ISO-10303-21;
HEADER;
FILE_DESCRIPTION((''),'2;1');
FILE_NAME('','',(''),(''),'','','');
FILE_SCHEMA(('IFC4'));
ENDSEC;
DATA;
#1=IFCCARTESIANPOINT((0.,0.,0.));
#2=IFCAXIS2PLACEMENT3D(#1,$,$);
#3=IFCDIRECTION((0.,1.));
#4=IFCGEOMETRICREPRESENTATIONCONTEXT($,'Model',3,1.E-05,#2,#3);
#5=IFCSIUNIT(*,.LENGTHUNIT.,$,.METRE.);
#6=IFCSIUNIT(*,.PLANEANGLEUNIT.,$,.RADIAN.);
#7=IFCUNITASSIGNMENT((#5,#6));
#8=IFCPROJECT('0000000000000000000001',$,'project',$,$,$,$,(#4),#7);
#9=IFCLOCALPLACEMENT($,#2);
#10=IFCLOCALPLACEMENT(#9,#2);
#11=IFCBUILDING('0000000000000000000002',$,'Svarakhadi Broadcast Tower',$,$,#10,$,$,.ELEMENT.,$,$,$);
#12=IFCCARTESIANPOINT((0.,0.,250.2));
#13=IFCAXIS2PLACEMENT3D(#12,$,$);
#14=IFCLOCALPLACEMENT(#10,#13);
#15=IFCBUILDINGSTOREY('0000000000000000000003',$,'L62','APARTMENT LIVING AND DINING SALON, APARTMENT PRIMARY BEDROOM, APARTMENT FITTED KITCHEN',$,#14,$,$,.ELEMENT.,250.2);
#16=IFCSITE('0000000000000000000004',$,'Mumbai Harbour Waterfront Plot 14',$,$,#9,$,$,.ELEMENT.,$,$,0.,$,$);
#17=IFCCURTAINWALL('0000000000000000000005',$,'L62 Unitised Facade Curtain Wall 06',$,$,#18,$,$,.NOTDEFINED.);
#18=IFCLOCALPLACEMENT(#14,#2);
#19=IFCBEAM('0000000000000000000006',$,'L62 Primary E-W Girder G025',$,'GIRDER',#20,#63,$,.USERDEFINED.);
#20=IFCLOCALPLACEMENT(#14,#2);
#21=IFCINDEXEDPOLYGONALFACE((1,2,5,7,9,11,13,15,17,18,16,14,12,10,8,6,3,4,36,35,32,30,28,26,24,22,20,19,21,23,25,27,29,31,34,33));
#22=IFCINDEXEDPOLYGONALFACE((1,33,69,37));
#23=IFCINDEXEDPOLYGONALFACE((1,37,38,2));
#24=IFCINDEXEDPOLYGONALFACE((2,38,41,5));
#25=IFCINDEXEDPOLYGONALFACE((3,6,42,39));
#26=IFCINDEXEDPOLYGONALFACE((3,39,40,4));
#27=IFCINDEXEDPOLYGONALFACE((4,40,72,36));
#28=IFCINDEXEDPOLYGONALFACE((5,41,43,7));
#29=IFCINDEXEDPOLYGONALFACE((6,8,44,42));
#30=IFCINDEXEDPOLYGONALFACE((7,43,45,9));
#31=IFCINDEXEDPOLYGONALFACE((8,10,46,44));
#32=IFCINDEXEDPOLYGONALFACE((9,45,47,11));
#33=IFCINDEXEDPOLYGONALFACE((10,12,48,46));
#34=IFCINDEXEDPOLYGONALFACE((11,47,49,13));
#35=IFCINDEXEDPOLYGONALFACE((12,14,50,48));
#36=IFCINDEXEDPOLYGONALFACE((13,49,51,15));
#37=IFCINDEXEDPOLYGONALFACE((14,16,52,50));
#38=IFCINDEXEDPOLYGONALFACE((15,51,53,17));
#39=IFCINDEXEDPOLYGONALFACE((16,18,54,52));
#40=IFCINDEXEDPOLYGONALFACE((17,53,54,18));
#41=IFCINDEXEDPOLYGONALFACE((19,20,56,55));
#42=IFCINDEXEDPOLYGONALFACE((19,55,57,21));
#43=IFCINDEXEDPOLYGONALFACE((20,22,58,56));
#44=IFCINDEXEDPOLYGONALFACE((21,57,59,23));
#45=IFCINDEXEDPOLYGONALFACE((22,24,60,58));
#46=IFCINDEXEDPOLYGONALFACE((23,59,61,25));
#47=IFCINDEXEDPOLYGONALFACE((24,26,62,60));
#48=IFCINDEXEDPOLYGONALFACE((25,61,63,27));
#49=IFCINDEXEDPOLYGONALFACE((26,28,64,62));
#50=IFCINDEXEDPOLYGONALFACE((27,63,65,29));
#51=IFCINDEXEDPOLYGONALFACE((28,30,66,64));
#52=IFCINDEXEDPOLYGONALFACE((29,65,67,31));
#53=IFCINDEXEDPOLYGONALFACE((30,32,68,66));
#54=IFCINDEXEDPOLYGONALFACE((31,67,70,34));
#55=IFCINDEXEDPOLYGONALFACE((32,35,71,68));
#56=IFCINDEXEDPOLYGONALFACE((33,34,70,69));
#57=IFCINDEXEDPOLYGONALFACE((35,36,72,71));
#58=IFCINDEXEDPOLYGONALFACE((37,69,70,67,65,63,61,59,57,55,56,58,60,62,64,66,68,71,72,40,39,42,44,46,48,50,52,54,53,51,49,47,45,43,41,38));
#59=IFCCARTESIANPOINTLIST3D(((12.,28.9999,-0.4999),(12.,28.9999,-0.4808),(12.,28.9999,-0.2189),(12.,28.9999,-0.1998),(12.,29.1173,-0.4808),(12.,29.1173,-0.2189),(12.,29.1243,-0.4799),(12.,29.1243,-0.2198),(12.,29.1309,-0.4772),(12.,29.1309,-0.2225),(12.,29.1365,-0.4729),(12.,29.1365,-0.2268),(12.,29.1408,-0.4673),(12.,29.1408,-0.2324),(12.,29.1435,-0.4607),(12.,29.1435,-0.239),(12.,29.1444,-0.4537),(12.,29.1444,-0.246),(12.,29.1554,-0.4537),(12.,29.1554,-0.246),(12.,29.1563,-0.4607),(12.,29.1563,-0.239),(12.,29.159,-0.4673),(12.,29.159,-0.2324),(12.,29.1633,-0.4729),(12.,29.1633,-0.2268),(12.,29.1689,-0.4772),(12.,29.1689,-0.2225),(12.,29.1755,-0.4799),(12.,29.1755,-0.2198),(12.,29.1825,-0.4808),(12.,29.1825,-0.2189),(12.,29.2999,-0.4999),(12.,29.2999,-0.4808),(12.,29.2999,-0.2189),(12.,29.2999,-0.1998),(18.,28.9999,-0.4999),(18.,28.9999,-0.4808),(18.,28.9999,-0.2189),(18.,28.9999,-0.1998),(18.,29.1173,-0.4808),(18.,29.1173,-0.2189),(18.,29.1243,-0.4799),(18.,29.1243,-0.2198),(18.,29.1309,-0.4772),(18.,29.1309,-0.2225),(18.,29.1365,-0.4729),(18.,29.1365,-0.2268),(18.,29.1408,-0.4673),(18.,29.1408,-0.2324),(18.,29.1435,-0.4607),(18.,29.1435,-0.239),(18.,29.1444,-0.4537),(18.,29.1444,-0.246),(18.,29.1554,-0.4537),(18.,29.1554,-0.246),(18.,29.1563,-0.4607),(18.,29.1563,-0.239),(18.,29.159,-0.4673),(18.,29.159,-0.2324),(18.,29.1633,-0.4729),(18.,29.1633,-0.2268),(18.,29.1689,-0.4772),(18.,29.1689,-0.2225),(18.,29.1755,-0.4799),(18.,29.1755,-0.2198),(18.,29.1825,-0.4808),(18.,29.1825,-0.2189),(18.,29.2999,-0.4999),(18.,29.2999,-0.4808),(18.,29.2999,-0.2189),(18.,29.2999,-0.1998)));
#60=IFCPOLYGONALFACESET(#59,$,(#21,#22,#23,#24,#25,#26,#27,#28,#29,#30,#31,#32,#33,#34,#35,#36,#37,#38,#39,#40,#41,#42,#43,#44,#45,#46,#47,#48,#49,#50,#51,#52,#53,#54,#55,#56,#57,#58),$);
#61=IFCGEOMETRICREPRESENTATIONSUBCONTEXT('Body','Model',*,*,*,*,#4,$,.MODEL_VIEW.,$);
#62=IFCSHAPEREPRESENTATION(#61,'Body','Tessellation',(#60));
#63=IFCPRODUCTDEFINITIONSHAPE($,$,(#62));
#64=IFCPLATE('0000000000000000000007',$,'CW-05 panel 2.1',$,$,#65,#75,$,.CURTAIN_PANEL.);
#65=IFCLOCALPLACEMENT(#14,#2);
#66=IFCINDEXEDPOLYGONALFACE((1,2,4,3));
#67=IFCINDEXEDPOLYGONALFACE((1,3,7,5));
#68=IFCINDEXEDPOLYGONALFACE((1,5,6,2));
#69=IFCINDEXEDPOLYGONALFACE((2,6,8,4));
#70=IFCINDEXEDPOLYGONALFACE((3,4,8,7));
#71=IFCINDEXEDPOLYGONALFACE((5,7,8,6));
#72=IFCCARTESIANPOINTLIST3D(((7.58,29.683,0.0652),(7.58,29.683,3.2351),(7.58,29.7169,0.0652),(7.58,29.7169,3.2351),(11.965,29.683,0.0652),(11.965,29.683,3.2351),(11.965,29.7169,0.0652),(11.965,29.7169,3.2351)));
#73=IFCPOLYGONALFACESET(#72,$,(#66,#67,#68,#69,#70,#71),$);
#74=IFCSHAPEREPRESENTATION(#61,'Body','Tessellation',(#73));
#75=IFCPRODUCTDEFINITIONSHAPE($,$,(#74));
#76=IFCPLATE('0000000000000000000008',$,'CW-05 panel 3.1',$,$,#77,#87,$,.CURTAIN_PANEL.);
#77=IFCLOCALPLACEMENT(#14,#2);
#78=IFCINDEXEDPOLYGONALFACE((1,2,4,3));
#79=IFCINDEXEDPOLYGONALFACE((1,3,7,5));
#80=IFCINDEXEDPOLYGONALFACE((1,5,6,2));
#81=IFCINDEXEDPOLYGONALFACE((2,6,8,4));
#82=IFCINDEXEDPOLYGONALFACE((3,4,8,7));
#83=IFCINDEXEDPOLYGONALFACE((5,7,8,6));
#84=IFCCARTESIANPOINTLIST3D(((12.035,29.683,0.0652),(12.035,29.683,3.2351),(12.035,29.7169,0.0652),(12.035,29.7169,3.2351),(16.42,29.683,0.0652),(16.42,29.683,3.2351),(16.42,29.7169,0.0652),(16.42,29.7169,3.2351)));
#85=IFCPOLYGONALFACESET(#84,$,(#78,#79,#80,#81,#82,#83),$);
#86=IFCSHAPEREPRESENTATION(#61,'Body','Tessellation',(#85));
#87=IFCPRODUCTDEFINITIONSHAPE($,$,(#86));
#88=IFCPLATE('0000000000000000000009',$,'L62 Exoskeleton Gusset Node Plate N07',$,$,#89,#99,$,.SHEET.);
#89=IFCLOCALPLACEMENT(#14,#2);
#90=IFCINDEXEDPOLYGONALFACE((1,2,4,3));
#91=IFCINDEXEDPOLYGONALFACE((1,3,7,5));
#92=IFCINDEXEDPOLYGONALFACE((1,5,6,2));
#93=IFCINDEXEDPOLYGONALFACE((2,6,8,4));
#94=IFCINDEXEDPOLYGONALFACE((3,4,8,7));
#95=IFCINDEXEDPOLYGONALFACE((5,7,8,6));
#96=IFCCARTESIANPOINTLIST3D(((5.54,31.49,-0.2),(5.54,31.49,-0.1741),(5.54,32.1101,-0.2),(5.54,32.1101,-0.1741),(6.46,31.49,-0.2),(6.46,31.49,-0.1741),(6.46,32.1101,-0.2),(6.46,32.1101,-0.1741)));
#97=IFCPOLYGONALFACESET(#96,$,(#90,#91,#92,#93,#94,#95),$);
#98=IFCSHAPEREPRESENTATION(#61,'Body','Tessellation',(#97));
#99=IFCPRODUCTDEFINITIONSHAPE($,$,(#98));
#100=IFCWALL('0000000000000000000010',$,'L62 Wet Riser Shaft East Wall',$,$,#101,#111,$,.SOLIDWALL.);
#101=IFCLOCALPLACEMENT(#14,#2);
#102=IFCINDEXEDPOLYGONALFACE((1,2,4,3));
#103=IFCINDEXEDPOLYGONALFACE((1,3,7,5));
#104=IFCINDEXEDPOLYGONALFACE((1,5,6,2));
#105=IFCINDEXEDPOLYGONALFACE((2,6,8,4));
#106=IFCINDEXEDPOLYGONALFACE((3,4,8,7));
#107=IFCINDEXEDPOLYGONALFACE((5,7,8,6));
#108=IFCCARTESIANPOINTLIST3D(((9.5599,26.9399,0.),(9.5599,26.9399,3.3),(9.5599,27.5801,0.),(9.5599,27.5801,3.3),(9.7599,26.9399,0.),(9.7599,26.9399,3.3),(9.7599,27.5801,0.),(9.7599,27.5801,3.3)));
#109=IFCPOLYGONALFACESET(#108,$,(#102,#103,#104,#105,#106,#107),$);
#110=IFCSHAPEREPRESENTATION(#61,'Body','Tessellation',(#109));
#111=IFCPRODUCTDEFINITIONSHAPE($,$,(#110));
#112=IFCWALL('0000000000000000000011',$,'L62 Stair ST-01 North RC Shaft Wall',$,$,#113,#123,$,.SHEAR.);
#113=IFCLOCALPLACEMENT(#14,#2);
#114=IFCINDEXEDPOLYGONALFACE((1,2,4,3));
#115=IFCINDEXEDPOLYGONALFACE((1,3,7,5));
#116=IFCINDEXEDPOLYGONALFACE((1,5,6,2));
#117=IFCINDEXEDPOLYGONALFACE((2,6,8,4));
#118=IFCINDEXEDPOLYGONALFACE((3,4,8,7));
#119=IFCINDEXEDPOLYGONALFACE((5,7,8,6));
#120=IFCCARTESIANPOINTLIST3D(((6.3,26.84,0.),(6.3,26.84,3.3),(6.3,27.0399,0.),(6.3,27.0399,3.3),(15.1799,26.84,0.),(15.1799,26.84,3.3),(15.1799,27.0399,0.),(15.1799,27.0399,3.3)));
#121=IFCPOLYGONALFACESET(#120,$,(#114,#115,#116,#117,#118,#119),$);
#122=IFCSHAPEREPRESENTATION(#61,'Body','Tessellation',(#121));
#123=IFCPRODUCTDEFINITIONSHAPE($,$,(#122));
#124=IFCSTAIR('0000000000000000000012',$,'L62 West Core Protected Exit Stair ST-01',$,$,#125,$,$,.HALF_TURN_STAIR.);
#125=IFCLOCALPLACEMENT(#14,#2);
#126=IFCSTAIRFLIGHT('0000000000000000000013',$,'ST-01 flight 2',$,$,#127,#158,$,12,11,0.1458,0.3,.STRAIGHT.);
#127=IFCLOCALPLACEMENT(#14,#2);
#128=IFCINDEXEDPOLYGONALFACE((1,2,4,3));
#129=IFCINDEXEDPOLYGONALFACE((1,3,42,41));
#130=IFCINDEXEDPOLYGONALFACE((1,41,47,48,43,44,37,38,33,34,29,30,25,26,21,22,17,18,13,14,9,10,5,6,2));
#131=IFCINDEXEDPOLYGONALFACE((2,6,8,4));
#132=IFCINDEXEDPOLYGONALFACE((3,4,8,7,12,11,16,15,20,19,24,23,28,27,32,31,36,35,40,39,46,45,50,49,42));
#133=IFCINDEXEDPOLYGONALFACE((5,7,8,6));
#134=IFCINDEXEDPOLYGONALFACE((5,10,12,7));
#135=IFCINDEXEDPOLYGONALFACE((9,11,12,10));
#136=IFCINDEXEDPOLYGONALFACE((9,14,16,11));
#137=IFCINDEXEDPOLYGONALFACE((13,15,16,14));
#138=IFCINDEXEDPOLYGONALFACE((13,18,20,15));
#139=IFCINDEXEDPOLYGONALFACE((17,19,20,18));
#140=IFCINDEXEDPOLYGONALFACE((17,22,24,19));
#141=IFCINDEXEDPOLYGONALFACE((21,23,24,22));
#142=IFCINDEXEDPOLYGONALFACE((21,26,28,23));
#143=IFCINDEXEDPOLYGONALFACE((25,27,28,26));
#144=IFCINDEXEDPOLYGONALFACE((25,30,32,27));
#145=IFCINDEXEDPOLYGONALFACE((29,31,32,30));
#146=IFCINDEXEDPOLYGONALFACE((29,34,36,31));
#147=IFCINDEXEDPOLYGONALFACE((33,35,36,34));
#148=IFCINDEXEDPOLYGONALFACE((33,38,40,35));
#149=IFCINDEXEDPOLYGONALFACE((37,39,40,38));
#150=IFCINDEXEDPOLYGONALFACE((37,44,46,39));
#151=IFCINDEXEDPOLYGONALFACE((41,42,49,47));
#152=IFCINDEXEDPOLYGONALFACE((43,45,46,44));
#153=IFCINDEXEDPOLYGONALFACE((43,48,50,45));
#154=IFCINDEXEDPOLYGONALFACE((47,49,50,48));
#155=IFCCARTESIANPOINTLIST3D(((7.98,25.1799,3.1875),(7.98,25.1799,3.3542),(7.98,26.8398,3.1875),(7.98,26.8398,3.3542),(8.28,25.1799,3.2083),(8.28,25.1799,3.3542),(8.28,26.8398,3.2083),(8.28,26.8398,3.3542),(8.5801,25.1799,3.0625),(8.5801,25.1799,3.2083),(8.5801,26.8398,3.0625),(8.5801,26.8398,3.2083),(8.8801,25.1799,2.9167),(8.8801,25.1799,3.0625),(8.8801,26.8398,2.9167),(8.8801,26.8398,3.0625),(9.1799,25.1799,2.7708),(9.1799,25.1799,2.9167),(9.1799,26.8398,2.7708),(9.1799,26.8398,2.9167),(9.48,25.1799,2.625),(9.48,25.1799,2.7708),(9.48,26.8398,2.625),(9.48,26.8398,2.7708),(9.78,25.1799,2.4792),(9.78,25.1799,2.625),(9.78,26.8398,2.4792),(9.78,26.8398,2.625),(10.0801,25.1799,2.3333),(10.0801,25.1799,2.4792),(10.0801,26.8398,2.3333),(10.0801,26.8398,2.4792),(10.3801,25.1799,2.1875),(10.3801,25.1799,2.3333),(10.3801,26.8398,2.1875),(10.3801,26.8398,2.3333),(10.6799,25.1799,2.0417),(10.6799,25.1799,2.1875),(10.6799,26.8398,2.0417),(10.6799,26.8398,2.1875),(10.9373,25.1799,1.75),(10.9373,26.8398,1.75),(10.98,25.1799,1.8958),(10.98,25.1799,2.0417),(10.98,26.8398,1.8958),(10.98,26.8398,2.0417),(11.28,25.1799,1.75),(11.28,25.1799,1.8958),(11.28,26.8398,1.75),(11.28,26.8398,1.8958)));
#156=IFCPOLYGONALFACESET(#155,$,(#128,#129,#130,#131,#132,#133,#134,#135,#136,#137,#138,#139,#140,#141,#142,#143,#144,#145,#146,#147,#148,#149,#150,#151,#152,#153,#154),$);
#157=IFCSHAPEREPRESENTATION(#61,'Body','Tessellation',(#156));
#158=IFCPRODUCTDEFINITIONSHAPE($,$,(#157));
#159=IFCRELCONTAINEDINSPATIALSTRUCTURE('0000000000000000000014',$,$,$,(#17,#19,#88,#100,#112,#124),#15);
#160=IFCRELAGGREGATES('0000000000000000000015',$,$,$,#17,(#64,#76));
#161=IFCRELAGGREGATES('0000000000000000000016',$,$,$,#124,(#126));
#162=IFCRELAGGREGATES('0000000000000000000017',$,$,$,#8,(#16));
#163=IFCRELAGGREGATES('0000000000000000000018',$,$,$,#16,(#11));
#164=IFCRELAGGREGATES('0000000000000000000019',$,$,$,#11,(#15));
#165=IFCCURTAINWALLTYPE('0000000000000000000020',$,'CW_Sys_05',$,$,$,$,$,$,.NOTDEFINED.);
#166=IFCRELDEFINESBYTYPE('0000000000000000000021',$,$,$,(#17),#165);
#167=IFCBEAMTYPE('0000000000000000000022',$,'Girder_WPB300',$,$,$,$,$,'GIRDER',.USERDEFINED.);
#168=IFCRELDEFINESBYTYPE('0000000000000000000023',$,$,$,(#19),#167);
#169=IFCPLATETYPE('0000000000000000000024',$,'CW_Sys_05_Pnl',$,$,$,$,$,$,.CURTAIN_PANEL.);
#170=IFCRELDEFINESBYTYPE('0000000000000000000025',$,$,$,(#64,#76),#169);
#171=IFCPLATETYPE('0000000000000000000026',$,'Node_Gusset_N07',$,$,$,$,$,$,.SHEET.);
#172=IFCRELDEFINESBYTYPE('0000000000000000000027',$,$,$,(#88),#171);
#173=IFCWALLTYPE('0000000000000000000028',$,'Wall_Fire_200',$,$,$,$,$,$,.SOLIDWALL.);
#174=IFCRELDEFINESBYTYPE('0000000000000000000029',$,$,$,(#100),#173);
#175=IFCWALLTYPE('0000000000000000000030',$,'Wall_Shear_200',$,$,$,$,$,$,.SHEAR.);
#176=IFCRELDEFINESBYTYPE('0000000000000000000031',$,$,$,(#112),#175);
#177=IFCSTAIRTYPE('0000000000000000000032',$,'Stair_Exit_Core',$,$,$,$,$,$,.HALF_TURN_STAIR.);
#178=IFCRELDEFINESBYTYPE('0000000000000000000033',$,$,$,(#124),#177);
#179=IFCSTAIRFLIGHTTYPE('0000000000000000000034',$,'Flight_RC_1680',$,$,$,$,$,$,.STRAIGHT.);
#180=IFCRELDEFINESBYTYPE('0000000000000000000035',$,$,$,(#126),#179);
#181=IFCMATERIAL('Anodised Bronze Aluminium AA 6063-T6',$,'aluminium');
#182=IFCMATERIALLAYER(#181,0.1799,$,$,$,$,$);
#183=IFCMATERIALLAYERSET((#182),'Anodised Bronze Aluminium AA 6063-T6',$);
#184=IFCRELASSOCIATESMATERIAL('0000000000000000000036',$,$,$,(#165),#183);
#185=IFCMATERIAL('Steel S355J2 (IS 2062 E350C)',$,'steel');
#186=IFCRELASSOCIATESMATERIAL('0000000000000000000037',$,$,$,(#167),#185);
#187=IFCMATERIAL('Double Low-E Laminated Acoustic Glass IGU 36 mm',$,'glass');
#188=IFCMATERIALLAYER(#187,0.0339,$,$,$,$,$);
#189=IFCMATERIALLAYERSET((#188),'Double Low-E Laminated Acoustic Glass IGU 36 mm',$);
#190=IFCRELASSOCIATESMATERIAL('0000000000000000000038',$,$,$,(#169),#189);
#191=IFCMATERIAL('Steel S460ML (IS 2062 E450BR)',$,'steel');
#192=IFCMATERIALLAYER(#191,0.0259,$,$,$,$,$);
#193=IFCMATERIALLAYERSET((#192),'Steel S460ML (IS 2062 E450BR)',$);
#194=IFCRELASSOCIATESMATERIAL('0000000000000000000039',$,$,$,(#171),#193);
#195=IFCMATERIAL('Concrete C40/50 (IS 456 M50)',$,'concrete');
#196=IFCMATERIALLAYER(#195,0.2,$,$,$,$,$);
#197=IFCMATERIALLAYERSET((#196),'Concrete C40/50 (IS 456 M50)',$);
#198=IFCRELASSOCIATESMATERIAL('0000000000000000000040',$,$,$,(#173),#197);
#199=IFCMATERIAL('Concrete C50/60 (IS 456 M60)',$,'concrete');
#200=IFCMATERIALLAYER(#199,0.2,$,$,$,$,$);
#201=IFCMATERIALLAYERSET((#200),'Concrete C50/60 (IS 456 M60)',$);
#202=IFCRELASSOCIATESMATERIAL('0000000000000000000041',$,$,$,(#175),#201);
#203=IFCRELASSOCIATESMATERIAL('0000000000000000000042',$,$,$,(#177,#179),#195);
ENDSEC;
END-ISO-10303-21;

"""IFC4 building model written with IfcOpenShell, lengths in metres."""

from ifc_helpers import new_model, si_unit, direction, frame, frame_2d, origin, origin_2d, place, context, subcontext, project, spatial, polyline, rectangle, i_section, outline, extrude, material, layer, layer_set, material_profile, profile_set, type_object, element, aggregate, save


model = new_model("IFC4")

# Units and contexts
model_context = context("Model", 3, precision=1e-05, world=origin(), true_north=direction((0.0, 1.0)))
body_context = subcontext(model_context, "Body", "Model", "MODEL_VIEW")
ifc_project = project(units=[si_unit("LENGTHUNIT", "METRE"), si_unit("PLANEANGLEUNIT", "RADIAN")], contexts=[model_context])

# Site, building, storey
site_placement = place(None, origin())
site = spatial("IfcSite", under=ifc_project, at=site_placement, Name="Mumbai Harbour Waterfront Plot 14", CompositionType="ELEMENT", RefElevation=0.0)
building_placement = place(site_placement, origin())
building = spatial("IfcBuilding", under=site, at=building_placement, Name="Svarakhadi Broadcast Tower", CompositionType="ELEMENT")
storey_placement = place(building_placement, frame((0.0, 0.0, 250.2)))
storey = spatial("IfcBuildingStorey", under=building, at=storey_placement, Name="L62", Description="APARTMENT LIVING AND DINING SALON, APARTMENT PRIMARY BEDROOM, APARTMENT FITTED KITCHEN", CompositionType="ELEMENT", Elevation=250.2)

# Shared definitions
ifc_material_1 = material(Name="Concrete C50/60 (IS 456 M60)", Category="concrete")
ifc_material_2 = material(Name="Steel S460ML (IS 2062 E450BR)", Category="steel")

# Curtain wall
ifc_material_3 = material(Name="Anodised Bronze Aluminium AA 6063-T6", Category="aluminium")
ifc_layer_1 = layer(ifc_material_3, 0.1799)
ifc_layer_set_1 = layer_set([ifc_layer_1], Name="Anodised Bronze Aluminium AA 6063-T6")
curtain_wall_type = type_object("IfcCurtainWallType", Name="CW_Sys_05", PredefinedType="NOTDEFINED", material=ifc_layer_set_1)
curtain_wall_placement = place(storey_placement, origin())
curtain_wall = element("IfcCurtainWall", 1, at=curtain_wall_placement, inside=storey, type_object=curtain_wall_type, Name="L62 Unitised Facade Curtain Wall 06", PredefinedType="NOTDEFINED")

# Beam
ifc_material_4 = material(Name="Steel S355J2 (IS 2062 E350C)", Category="steel")
ifc_material_profile_1 = material_profile(ifc_material_4, i_section(OverallWidth=0.3, OverallDepth=0.3, WebThickness=0.011, FlangeThickness=0.019, FilletRadius=0.0271, at=origin_2d()), Name="WPB 300x300x117")
ifc_profile_set_1 = profile_set([ifc_material_profile_1], Name="Steel S355J2 (IS 2062 E350C)")
beam_type = type_object("IfcBeamType", Name="Girder_WPB300", ElementType="GIRDER", PredefinedType="USERDEFINED", material=ifc_profile_set_1)
beam_1_placement = place(storey_placement, frame((12.0, 29.1499, -0.3499), z_axis=(1.0, 0.0, 0.0), x_axis=(0.0, 1.0, 0.0)))
element("IfcBeam", 2, at=beam_1_placement, inside=storey, type_object=beam_type, Name="L62 Primary E-W Girder G025", ObjectType="GIRDER", PredefinedType="USERDEFINED", context=body_context, shape_type="SweptSolid", body=[
    extrude(i_section(OverallWidth=0.3, OverallDepth=0.3, WebThickness=0.011, FlangeThickness=0.019, FilletRadius=0.0271, at=origin_2d()), origin(), (0.0, 0.0, 1.0), 6.0),
])

# Plates
ifc_material_5 = material(Name="Double Low-E Laminated Acoustic Glass IGU 36 mm", Category="glass")
ifc_layer_2 = layer(ifc_material_5, 0.0339)
ifc_layer_set_2 = layer_set([ifc_layer_2], Name="Double Low-E Laminated Acoustic Glass IGU 36 mm")
plate_type_1 = type_object("IfcPlateType", Name="CW_Sys_05_Pnl", PredefinedType="CURTAIN_PANEL", material=ifc_layer_set_2)
plate_1_placement = place(storey_placement, frame((9.7725, 29.7, 0.0652), z_axis=(0.0, 0.0, 1.0), x_axis=(1.0, 0.0, 0.0)))
plate_1 = element("IfcPlate", 3, at=plate_1_placement, type_object=plate_type_1, Name="CW-05 panel 2.1", PredefinedType="CURTAIN_PANEL", context=body_context, shape_type="SweptSolid", body=[
    extrude(rectangle(XDim=4.385, YDim=0.0339, at=origin_2d()), origin(), (0.0, 0.0, 1.0), 3.1699),
])
plate_2_placement = place(storey_placement, frame((14.2275, 29.7, 0.0652), z_axis=(0.0, 0.0, 1.0), x_axis=(1.0, 0.0, 0.0)))
plate_2 = element("IfcPlate", 4, at=plate_2_placement, type_object=plate_type_1, Name="CW-05 panel 3.1", PredefinedType="CURTAIN_PANEL", context=body_context, shape_type="SweptSolid", body=[
    extrude(rectangle(XDim=4.385, YDim=0.0339, at=origin_2d()), origin(), (0.0, 0.0, 1.0), 3.1699),
])
aggregate(curtain_wall, [plate_1, plate_2])
ifc_layer_3 = layer(ifc_material_2, 0.0259)
ifc_layer_set_3 = layer_set([ifc_layer_3], Name="Steel S460ML (IS 2062 E450BR)")
plate_type_2 = type_object("IfcPlateType", Name="Node_Gusset_N07", PredefinedType="SHEET", material=ifc_layer_set_3)
plate_3_placement = place(storey_placement, frame((6.0, 31.8, -0.2), z_axis=(0.0, 0.0, 1.0), x_axis=(1.0, 0.0, 0.0)))
element("IfcPlate", 5, at=plate_3_placement, inside=storey, type_object=plate_type_2, Name="L62 Exoskeleton Gusset Node Plate N07", PredefinedType="SHEET", context=body_context, shape_type="SweptSolid", body=[
    extrude(rectangle(XDim=0.9199, YDim=0.6201, at=origin_2d()), origin(), (0.0, 0.0, 1.0), 0.0259),
])

# Walls
ifc_material_6 = material(Name="Concrete C40/50 (IS 456 M50)", Category="concrete")
ifc_layer_4 = layer(ifc_material_6, 0.2)
ifc_layer_set_4 = layer_set([ifc_layer_4], Name="Concrete C40/50 (IS 456 M50)")
wall_type_1 = type_object("IfcWallType", Name="Wall_Fire_200", PredefinedType="SOLIDWALL", material=ifc_layer_set_4)
wall_1_placement = place(storey_placement, frame((9.6599, 26.9399, 0.0), z_axis=(0.0, 0.0, 1.0), x_axis=(0.0, 1.0, 0.0)))
element("IfcWall", 6, at=wall_1_placement, inside=storey, type_object=wall_type_1, Name="L62 Wet Riser Shaft East Wall", PredefinedType="SOLIDWALL", context=body_context, shape_type="SweptSolid", body=[
    extrude(rectangle(XDim=0.6401, YDim=0.2, at=frame_2d((0.3201, 0.0))), origin(), (0.0, 0.0, 1.0), 3.3),
])
ifc_layer_5 = layer(ifc_material_1, 0.2)
ifc_layer_set_5 = layer_set([ifc_layer_5], Name="Concrete C50/60 (IS 456 M60)")
wall_type_2 = type_object("IfcWallType", Name="Wall_Shear_200", PredefinedType="SHEAR", material=ifc_layer_set_5)
wall_2_placement = place(storey_placement, frame((6.3, 26.9399, 0.0), z_axis=(0.0, 0.0, 1.0), x_axis=(1.0, 0.0, 0.0)))
element("IfcWall", 7, at=wall_2_placement, inside=storey, type_object=wall_type_2, Name="L62 Stair ST-01 North RC Shaft Wall", PredefinedType="SHEAR", context=body_context, shape_type="SweptSolid", body=[
    extrude(rectangle(XDim=8.8799, YDim=0.2, at=frame_2d((4.4399, 0.0))), origin(), (0.0, 0.0, 1.0), 3.3),
])

# Stair, stair flight
stair_type = type_object("IfcStairType", Name="Stair_Exit_Core", PredefinedType="HALF_TURN_STAIR", material=ifc_material_6)
stair_placement = place(storey_placement, origin())
stair = element("IfcStair", 8, at=stair_placement, inside=storey, type_object=stair_type, Name="L62 West Core Protected Exit Stair ST-01", PredefinedType="HALF_TURN_STAIR")
stair_flight_type = type_object("IfcStairFlightType", Name="Flight_RC_1680", PredefinedType="STRAIGHT", material=ifc_material_6)
stair_flight_placement = place(storey_placement, frame((11.28, 26.01, 1.75), z_axis=(0.0, 0.0, 1.0), x_axis=(-1.0, 0.0, 0.0)))
stair_flight = element("IfcStairFlight", 9, at=stair_flight_placement, type_object=stair_flight_type, Name="ST-01 flight 2", NumberOfRisers=12, NumberOfTreads=11, PredefinedType="STRAIGHT", RiserHeight=0.1458, TreadLength=0.3, context=body_context, shape_type="SweptSolid", body=[
    extrude(outline(polyline([(0.0, 0.0), (0.0, 0.1458), (0.3, 0.1458), (0.3, 0.2917), (0.6001, 0.2917), (0.6001, 0.4375), (0.8999, 0.4375), (0.8999, 0.5833), (1.2, 0.5833), (1.2, 0.7292), (1.5, 0.7292), (1.5, 0.875), (1.8, 0.875), (1.8, 1.0208), (2.1001, 1.0208), (2.1001, 1.1667), (2.3999, 1.1667), (2.3999, 1.3125), (2.7, 1.3125), (2.7, 1.4583), (3.0, 1.4583), (3.0, 1.6042), (3.3, 1.6042), (3.3, 1.75), (3.3, 1.4375), (0.3428, 0.0), (0.0, 0.0)])), frame((0.0, 0.8301, 0.0), z_axis=(0.0, -1.0, 0.0), x_axis=(1.0, 0.0, 0.0)), (0.0, 0.0, 1.0), 1.6599),
])
aggregate(stair, [stair_flight])

save(model, "model.ifc")
